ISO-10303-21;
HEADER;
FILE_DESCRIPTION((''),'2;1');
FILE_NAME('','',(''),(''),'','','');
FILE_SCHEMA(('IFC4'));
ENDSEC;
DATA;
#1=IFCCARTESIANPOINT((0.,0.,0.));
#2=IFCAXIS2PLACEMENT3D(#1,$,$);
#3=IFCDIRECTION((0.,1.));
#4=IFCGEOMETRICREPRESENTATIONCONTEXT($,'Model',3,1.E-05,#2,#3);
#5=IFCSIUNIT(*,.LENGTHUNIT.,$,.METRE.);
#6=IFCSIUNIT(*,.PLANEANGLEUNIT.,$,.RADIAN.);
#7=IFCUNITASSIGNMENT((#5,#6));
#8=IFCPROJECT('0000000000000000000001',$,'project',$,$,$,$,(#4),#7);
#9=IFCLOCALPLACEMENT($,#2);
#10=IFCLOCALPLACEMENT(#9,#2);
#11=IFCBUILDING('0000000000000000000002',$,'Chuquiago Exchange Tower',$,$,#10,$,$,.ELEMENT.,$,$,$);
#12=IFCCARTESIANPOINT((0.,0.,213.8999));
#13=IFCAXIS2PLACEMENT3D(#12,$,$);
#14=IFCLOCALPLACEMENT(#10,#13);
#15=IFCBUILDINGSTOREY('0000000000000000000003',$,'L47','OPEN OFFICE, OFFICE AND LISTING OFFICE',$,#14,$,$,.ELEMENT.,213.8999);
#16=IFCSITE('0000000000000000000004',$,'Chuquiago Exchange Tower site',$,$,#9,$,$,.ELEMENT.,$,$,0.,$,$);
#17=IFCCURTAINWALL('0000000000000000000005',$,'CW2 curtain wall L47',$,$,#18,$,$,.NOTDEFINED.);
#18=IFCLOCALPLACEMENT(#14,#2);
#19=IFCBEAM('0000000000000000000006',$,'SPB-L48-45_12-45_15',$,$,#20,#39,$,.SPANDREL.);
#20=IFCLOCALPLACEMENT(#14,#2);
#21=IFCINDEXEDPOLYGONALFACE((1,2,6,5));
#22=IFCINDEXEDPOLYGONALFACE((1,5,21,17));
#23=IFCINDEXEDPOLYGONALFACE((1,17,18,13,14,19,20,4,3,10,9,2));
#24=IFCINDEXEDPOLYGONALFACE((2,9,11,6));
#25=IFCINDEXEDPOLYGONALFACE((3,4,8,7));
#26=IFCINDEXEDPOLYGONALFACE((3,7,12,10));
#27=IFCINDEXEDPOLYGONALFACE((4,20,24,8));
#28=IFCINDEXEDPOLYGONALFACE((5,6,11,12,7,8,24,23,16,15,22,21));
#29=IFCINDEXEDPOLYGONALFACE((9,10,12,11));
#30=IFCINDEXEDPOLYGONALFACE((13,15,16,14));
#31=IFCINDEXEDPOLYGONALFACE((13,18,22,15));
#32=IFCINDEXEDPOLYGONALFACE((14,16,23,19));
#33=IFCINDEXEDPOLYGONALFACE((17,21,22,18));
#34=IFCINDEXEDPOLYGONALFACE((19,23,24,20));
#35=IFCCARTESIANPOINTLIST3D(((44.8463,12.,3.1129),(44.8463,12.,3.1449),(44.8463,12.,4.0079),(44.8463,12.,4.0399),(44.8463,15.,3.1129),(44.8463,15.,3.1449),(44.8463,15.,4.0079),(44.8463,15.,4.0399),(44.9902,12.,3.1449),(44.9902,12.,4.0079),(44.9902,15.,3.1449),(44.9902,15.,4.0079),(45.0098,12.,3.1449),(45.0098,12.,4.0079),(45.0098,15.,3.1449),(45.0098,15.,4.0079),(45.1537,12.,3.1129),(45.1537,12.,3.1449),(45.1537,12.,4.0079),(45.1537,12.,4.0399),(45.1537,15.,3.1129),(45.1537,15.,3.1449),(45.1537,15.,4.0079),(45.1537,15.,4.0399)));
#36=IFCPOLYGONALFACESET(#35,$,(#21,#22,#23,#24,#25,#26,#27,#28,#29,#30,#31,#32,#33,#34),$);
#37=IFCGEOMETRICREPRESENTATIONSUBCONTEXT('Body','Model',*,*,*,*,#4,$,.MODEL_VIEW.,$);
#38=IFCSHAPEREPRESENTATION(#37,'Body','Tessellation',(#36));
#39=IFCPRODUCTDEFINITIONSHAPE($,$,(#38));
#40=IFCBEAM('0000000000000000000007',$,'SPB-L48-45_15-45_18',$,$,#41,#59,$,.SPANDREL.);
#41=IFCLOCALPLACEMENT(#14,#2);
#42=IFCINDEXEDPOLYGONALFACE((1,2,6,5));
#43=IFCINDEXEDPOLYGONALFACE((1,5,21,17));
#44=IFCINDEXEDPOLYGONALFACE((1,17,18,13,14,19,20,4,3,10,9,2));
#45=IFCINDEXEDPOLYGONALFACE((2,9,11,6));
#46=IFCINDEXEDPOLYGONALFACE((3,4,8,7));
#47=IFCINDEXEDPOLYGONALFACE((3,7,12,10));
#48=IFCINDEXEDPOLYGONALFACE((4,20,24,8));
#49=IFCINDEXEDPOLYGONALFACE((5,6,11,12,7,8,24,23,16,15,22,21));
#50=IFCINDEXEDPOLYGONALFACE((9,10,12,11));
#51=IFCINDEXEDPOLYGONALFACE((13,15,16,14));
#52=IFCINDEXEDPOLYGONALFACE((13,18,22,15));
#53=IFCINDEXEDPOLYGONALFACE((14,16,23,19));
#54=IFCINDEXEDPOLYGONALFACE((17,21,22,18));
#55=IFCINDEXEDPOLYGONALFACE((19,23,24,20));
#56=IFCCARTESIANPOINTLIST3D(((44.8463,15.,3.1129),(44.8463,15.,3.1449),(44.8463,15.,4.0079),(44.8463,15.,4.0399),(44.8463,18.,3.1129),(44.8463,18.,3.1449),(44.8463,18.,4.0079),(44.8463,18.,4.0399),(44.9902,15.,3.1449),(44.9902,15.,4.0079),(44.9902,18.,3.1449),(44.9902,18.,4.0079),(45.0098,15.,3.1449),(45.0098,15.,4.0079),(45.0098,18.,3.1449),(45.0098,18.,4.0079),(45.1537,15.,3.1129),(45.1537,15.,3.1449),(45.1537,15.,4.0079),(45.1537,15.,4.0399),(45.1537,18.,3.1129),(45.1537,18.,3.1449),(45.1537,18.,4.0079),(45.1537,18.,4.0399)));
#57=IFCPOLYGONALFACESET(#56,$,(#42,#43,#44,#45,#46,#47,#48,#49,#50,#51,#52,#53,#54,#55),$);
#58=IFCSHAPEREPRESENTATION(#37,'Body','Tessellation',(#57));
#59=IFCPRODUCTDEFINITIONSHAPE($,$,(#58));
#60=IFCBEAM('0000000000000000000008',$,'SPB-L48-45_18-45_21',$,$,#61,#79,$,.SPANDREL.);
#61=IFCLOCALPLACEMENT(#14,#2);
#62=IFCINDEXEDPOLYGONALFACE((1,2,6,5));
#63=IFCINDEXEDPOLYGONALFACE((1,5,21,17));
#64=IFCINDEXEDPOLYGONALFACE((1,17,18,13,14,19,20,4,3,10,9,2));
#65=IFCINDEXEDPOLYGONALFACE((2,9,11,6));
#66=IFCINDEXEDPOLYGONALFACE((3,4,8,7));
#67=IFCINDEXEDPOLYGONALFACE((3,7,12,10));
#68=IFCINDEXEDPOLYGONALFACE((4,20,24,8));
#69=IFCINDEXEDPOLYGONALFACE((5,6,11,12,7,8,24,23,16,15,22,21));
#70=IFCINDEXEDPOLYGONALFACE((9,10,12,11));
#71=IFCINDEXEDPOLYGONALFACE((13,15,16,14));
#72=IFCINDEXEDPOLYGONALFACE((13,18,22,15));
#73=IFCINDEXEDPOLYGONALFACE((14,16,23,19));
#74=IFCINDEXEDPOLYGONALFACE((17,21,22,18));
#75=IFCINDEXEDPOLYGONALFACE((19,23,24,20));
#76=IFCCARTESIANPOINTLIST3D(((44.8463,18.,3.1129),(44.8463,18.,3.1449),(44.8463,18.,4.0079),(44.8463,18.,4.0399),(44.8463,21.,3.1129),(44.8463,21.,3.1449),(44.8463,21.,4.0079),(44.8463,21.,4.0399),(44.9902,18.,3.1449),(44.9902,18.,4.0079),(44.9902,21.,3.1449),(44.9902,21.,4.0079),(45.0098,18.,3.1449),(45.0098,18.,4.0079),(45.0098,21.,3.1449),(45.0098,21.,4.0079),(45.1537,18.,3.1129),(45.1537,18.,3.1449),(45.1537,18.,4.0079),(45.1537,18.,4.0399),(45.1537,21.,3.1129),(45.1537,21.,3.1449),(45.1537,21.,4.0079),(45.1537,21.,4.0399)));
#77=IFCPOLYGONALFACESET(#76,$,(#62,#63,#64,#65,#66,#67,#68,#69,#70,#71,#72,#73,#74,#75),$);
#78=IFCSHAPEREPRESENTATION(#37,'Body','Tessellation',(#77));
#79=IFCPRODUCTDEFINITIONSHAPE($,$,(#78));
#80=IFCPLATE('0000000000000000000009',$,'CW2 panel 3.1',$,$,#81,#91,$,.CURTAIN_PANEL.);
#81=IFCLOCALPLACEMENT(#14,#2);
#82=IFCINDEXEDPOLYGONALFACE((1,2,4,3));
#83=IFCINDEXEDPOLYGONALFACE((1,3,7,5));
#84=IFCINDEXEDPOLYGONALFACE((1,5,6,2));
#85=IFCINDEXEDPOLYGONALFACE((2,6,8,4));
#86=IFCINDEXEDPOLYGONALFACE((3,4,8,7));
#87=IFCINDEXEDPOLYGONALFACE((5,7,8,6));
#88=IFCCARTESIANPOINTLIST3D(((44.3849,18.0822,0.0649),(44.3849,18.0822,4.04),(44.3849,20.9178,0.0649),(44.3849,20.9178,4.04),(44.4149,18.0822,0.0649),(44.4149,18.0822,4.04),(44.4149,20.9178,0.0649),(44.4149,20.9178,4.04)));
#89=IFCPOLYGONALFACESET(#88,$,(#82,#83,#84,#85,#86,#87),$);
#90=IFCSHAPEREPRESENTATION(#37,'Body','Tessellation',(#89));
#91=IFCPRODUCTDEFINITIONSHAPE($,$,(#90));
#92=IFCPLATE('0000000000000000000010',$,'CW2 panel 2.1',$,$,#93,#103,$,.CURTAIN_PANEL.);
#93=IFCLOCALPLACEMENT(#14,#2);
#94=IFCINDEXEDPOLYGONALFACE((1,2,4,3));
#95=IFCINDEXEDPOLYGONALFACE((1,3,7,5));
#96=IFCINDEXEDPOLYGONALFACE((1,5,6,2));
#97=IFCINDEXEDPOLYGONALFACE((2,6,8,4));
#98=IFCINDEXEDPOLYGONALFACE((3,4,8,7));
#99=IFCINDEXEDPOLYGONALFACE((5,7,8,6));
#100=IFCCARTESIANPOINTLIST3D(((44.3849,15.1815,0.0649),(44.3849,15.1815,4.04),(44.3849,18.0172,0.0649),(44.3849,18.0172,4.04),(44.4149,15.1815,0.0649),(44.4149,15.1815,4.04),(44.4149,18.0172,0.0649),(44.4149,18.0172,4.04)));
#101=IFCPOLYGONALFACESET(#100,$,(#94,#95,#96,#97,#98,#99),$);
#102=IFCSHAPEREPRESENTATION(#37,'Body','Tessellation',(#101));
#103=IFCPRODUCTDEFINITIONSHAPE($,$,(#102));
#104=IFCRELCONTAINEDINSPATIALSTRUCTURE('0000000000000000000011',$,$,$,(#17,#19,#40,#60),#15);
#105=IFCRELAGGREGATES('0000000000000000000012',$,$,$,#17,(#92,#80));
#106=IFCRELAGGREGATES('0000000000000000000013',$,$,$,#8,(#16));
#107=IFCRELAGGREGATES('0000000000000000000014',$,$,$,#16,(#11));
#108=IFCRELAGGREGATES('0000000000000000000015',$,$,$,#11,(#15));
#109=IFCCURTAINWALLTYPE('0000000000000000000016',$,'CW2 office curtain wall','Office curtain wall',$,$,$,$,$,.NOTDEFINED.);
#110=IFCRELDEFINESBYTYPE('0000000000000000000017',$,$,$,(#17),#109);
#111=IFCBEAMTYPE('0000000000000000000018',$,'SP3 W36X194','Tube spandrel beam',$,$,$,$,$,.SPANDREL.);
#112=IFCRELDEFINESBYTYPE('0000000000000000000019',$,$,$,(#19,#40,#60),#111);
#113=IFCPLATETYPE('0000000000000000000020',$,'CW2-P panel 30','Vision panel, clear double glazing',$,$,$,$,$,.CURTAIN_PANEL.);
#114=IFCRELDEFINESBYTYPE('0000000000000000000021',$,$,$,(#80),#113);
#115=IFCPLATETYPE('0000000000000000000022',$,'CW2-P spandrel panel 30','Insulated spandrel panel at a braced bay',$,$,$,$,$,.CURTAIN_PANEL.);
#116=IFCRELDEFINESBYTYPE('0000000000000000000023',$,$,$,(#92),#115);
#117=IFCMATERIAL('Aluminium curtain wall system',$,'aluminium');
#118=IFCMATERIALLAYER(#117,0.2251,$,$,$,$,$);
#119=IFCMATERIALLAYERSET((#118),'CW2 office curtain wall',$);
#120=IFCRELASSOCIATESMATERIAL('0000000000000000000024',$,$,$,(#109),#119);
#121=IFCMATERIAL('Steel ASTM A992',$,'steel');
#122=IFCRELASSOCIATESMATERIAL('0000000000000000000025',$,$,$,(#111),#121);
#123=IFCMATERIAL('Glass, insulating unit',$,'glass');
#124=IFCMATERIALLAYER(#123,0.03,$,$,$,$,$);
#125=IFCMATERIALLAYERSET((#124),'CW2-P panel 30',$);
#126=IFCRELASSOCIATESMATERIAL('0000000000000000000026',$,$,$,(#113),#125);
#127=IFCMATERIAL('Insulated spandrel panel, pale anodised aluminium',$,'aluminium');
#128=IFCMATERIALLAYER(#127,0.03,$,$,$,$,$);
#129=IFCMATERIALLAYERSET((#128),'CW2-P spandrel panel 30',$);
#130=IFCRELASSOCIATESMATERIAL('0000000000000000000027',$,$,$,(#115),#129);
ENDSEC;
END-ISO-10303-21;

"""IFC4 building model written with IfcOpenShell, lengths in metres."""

from ifc_helpers import new_model, si_unit, direction, frame, origin, origin_2d, place, context, subcontext, project, spatial, rectangle, i_section, extrude, material, layer, layer_set, material_profile, profile_set, type_object, element, aggregate, save


model = new_model("IFC4")

# Units and contexts
model_context = context("Model", 3, precision=1e-05, world=origin(), true_north=direction((0.0, 1.0)))
body_context = subcontext(model_context, "Body", "Model", "MODEL_VIEW")
ifc_project = project(units=[si_unit("LENGTHUNIT", "METRE"), si_unit("PLANEANGLEUNIT", "RADIAN")], contexts=[model_context])

# Site, building, storey
site_placement = place(None, origin())
site = spatial("IfcSite", under=ifc_project, at=site_placement, Name="Chuquiago Exchange Tower site", CompositionType="ELEMENT", RefElevation=0.0)
building_placement = place(site_placement, origin())
building = spatial("IfcBuilding", under=site, at=building_placement, Name="Chuquiago Exchange Tower", CompositionType="ELEMENT")
storey_placement = place(building_placement, frame((0.0, 0.0, 213.8999)))
storey = spatial("IfcBuildingStorey", under=building, at=storey_placement, Name="L47", Description="OPEN OFFICE, OFFICE AND LISTING OFFICE", CompositionType="ELEMENT", Elevation=213.8999)

# Curtain wall
ifc_material_1 = material(Name="Aluminium curtain wall system", Category="aluminium")
ifc_layer_1 = layer(ifc_material_1, 0.2251)
ifc_layer_set_1 = layer_set([ifc_layer_1], Name="CW2 office curtain wall")
curtain_wall_type = type_object("IfcCurtainWallType", Name="CW2 office curtain wall", Description="Office curtain wall", PredefinedType="NOTDEFINED", material=ifc_layer_set_1)
curtain_wall_placement = place(storey_placement, origin())
curtain_wall = element("IfcCurtainWall", 1, at=curtain_wall_placement, inside=storey, type_object=curtain_wall_type, Name="CW2 curtain wall L47", PredefinedType="NOTDEFINED")

# Beams
ifc_material_2 = material(Name="Steel ASTM A992", Category="steel")
ifc_material_profile_1 = material_profile(ifc_material_2, i_section(OverallWidth=0.3074, OverallDepth=0.927, WebThickness=0.0195, FlangeThickness=0.032, at=origin_2d()), Name="W36X194")
ifc_profile_set_1 = profile_set([ifc_material_profile_1], Name="Steel ASTM A992")
beam_type = type_object("IfcBeamType", Name="SP3 W36X194", Description="Tube spandrel beam", PredefinedType="SPANDREL", material=ifc_profile_set_1)
for number, where, z_axis, x_axis, name in (
    (2, (45.0, 12.0, 3.5764), (0.0, 1.0, 0.0), (-1.0, 0.0, 0.0), "SPB-L48-45_12-45_15"),
    (3, (45.0, 15.0, 3.5764), (0.0, 1.0, 0.0), (-1.0, 0.0, 0.0), "SPB-L48-45_15-45_18"),
    (4, (45.0, 18.0, 3.5764), (0.0, 1.0, 0.0), (-1.0, 0.0, 0.0), "SPB-L48-45_18-45_21"),
):
    element("IfcBeam", number, at=place(storey_placement, frame(where, z_axis=z_axis, x_axis=x_axis)), inside=storey, type_object=beam_type, Name=name, PredefinedType="SPANDREL", context=body_context, shape_type="SweptSolid", body=[
        extrude(i_section(OverallWidth=0.3074, OverallDepth=0.927, WebThickness=0.0195, FlangeThickness=0.032, at=origin_2d()), origin(), (0.0, 0.0, 1.0), 3.0),
    ])

# Plates
ifc_material_3 = material(Name="Glass, insulating unit", Category="glass")
ifc_layer_2 = layer(ifc_material_3, 0.03)
ifc_layer_set_2 = layer_set([ifc_layer_2], Name="CW2-P panel 30")
plate_type_1 = type_object("IfcPlateType", Name="CW2-P panel 30", Description="Vision panel, clear double glazing", PredefinedType="CURTAIN_PANEL", material=ifc_layer_set_2)
plate_1_placement = place(storey_placement, frame((44.3999, 19.5, 0.0649), z_axis=(0.0, 0.0, 1.0), x_axis=(0.0, 1.0, 0.0)))
plate_1 = element("IfcPlate", 5, at=plate_1_placement, type_object=plate_type_1, Name="CW2 panel 3.1", PredefinedType="CURTAIN_PANEL", context=body_context, shape_type="SweptSolid", body=[
    extrude(rectangle(XDim=2.8357, YDim=0.03, at=origin_2d()), origin(), (0.0, 0.0, 1.0), 3.9751),
])
ifc_material_4 = material(Name="Insulated spandrel panel, pale anodised aluminium", Category="aluminium")
ifc_layer_3 = layer(ifc_material_4, 0.03)
ifc_layer_set_3 = layer_set([ifc_layer_3], Name="CW2-P spandrel panel 30")
plate_type_2 = type_object("IfcPlateType", Name="CW2-P spandrel panel 30", Description="Insulated spandrel panel at a braced bay", PredefinedType="CURTAIN_PANEL", material=ifc_layer_set_3)
plate_2_placement = place(storey_placement, frame((44.3999, 16.5994, 0.0649), z_axis=(0.0, 0.0, 1.0), x_axis=(0.0, 1.0, 0.0)))
plate_2 = element("IfcPlate", 6, at=plate_2_placement, type_object=plate_type_2, Name="CW2 panel 2.1", PredefinedType="CURTAIN_PANEL", context=body_context, shape_type="SweptSolid", body=[
    extrude(rectangle(XDim=2.8357, YDim=0.03, at=origin_2d()), origin(), (0.0, 0.0, 1.0), 3.9751),
])
aggregate(curtain_wall, [plate_2, plate_1])

save(model, "model.ifc")
